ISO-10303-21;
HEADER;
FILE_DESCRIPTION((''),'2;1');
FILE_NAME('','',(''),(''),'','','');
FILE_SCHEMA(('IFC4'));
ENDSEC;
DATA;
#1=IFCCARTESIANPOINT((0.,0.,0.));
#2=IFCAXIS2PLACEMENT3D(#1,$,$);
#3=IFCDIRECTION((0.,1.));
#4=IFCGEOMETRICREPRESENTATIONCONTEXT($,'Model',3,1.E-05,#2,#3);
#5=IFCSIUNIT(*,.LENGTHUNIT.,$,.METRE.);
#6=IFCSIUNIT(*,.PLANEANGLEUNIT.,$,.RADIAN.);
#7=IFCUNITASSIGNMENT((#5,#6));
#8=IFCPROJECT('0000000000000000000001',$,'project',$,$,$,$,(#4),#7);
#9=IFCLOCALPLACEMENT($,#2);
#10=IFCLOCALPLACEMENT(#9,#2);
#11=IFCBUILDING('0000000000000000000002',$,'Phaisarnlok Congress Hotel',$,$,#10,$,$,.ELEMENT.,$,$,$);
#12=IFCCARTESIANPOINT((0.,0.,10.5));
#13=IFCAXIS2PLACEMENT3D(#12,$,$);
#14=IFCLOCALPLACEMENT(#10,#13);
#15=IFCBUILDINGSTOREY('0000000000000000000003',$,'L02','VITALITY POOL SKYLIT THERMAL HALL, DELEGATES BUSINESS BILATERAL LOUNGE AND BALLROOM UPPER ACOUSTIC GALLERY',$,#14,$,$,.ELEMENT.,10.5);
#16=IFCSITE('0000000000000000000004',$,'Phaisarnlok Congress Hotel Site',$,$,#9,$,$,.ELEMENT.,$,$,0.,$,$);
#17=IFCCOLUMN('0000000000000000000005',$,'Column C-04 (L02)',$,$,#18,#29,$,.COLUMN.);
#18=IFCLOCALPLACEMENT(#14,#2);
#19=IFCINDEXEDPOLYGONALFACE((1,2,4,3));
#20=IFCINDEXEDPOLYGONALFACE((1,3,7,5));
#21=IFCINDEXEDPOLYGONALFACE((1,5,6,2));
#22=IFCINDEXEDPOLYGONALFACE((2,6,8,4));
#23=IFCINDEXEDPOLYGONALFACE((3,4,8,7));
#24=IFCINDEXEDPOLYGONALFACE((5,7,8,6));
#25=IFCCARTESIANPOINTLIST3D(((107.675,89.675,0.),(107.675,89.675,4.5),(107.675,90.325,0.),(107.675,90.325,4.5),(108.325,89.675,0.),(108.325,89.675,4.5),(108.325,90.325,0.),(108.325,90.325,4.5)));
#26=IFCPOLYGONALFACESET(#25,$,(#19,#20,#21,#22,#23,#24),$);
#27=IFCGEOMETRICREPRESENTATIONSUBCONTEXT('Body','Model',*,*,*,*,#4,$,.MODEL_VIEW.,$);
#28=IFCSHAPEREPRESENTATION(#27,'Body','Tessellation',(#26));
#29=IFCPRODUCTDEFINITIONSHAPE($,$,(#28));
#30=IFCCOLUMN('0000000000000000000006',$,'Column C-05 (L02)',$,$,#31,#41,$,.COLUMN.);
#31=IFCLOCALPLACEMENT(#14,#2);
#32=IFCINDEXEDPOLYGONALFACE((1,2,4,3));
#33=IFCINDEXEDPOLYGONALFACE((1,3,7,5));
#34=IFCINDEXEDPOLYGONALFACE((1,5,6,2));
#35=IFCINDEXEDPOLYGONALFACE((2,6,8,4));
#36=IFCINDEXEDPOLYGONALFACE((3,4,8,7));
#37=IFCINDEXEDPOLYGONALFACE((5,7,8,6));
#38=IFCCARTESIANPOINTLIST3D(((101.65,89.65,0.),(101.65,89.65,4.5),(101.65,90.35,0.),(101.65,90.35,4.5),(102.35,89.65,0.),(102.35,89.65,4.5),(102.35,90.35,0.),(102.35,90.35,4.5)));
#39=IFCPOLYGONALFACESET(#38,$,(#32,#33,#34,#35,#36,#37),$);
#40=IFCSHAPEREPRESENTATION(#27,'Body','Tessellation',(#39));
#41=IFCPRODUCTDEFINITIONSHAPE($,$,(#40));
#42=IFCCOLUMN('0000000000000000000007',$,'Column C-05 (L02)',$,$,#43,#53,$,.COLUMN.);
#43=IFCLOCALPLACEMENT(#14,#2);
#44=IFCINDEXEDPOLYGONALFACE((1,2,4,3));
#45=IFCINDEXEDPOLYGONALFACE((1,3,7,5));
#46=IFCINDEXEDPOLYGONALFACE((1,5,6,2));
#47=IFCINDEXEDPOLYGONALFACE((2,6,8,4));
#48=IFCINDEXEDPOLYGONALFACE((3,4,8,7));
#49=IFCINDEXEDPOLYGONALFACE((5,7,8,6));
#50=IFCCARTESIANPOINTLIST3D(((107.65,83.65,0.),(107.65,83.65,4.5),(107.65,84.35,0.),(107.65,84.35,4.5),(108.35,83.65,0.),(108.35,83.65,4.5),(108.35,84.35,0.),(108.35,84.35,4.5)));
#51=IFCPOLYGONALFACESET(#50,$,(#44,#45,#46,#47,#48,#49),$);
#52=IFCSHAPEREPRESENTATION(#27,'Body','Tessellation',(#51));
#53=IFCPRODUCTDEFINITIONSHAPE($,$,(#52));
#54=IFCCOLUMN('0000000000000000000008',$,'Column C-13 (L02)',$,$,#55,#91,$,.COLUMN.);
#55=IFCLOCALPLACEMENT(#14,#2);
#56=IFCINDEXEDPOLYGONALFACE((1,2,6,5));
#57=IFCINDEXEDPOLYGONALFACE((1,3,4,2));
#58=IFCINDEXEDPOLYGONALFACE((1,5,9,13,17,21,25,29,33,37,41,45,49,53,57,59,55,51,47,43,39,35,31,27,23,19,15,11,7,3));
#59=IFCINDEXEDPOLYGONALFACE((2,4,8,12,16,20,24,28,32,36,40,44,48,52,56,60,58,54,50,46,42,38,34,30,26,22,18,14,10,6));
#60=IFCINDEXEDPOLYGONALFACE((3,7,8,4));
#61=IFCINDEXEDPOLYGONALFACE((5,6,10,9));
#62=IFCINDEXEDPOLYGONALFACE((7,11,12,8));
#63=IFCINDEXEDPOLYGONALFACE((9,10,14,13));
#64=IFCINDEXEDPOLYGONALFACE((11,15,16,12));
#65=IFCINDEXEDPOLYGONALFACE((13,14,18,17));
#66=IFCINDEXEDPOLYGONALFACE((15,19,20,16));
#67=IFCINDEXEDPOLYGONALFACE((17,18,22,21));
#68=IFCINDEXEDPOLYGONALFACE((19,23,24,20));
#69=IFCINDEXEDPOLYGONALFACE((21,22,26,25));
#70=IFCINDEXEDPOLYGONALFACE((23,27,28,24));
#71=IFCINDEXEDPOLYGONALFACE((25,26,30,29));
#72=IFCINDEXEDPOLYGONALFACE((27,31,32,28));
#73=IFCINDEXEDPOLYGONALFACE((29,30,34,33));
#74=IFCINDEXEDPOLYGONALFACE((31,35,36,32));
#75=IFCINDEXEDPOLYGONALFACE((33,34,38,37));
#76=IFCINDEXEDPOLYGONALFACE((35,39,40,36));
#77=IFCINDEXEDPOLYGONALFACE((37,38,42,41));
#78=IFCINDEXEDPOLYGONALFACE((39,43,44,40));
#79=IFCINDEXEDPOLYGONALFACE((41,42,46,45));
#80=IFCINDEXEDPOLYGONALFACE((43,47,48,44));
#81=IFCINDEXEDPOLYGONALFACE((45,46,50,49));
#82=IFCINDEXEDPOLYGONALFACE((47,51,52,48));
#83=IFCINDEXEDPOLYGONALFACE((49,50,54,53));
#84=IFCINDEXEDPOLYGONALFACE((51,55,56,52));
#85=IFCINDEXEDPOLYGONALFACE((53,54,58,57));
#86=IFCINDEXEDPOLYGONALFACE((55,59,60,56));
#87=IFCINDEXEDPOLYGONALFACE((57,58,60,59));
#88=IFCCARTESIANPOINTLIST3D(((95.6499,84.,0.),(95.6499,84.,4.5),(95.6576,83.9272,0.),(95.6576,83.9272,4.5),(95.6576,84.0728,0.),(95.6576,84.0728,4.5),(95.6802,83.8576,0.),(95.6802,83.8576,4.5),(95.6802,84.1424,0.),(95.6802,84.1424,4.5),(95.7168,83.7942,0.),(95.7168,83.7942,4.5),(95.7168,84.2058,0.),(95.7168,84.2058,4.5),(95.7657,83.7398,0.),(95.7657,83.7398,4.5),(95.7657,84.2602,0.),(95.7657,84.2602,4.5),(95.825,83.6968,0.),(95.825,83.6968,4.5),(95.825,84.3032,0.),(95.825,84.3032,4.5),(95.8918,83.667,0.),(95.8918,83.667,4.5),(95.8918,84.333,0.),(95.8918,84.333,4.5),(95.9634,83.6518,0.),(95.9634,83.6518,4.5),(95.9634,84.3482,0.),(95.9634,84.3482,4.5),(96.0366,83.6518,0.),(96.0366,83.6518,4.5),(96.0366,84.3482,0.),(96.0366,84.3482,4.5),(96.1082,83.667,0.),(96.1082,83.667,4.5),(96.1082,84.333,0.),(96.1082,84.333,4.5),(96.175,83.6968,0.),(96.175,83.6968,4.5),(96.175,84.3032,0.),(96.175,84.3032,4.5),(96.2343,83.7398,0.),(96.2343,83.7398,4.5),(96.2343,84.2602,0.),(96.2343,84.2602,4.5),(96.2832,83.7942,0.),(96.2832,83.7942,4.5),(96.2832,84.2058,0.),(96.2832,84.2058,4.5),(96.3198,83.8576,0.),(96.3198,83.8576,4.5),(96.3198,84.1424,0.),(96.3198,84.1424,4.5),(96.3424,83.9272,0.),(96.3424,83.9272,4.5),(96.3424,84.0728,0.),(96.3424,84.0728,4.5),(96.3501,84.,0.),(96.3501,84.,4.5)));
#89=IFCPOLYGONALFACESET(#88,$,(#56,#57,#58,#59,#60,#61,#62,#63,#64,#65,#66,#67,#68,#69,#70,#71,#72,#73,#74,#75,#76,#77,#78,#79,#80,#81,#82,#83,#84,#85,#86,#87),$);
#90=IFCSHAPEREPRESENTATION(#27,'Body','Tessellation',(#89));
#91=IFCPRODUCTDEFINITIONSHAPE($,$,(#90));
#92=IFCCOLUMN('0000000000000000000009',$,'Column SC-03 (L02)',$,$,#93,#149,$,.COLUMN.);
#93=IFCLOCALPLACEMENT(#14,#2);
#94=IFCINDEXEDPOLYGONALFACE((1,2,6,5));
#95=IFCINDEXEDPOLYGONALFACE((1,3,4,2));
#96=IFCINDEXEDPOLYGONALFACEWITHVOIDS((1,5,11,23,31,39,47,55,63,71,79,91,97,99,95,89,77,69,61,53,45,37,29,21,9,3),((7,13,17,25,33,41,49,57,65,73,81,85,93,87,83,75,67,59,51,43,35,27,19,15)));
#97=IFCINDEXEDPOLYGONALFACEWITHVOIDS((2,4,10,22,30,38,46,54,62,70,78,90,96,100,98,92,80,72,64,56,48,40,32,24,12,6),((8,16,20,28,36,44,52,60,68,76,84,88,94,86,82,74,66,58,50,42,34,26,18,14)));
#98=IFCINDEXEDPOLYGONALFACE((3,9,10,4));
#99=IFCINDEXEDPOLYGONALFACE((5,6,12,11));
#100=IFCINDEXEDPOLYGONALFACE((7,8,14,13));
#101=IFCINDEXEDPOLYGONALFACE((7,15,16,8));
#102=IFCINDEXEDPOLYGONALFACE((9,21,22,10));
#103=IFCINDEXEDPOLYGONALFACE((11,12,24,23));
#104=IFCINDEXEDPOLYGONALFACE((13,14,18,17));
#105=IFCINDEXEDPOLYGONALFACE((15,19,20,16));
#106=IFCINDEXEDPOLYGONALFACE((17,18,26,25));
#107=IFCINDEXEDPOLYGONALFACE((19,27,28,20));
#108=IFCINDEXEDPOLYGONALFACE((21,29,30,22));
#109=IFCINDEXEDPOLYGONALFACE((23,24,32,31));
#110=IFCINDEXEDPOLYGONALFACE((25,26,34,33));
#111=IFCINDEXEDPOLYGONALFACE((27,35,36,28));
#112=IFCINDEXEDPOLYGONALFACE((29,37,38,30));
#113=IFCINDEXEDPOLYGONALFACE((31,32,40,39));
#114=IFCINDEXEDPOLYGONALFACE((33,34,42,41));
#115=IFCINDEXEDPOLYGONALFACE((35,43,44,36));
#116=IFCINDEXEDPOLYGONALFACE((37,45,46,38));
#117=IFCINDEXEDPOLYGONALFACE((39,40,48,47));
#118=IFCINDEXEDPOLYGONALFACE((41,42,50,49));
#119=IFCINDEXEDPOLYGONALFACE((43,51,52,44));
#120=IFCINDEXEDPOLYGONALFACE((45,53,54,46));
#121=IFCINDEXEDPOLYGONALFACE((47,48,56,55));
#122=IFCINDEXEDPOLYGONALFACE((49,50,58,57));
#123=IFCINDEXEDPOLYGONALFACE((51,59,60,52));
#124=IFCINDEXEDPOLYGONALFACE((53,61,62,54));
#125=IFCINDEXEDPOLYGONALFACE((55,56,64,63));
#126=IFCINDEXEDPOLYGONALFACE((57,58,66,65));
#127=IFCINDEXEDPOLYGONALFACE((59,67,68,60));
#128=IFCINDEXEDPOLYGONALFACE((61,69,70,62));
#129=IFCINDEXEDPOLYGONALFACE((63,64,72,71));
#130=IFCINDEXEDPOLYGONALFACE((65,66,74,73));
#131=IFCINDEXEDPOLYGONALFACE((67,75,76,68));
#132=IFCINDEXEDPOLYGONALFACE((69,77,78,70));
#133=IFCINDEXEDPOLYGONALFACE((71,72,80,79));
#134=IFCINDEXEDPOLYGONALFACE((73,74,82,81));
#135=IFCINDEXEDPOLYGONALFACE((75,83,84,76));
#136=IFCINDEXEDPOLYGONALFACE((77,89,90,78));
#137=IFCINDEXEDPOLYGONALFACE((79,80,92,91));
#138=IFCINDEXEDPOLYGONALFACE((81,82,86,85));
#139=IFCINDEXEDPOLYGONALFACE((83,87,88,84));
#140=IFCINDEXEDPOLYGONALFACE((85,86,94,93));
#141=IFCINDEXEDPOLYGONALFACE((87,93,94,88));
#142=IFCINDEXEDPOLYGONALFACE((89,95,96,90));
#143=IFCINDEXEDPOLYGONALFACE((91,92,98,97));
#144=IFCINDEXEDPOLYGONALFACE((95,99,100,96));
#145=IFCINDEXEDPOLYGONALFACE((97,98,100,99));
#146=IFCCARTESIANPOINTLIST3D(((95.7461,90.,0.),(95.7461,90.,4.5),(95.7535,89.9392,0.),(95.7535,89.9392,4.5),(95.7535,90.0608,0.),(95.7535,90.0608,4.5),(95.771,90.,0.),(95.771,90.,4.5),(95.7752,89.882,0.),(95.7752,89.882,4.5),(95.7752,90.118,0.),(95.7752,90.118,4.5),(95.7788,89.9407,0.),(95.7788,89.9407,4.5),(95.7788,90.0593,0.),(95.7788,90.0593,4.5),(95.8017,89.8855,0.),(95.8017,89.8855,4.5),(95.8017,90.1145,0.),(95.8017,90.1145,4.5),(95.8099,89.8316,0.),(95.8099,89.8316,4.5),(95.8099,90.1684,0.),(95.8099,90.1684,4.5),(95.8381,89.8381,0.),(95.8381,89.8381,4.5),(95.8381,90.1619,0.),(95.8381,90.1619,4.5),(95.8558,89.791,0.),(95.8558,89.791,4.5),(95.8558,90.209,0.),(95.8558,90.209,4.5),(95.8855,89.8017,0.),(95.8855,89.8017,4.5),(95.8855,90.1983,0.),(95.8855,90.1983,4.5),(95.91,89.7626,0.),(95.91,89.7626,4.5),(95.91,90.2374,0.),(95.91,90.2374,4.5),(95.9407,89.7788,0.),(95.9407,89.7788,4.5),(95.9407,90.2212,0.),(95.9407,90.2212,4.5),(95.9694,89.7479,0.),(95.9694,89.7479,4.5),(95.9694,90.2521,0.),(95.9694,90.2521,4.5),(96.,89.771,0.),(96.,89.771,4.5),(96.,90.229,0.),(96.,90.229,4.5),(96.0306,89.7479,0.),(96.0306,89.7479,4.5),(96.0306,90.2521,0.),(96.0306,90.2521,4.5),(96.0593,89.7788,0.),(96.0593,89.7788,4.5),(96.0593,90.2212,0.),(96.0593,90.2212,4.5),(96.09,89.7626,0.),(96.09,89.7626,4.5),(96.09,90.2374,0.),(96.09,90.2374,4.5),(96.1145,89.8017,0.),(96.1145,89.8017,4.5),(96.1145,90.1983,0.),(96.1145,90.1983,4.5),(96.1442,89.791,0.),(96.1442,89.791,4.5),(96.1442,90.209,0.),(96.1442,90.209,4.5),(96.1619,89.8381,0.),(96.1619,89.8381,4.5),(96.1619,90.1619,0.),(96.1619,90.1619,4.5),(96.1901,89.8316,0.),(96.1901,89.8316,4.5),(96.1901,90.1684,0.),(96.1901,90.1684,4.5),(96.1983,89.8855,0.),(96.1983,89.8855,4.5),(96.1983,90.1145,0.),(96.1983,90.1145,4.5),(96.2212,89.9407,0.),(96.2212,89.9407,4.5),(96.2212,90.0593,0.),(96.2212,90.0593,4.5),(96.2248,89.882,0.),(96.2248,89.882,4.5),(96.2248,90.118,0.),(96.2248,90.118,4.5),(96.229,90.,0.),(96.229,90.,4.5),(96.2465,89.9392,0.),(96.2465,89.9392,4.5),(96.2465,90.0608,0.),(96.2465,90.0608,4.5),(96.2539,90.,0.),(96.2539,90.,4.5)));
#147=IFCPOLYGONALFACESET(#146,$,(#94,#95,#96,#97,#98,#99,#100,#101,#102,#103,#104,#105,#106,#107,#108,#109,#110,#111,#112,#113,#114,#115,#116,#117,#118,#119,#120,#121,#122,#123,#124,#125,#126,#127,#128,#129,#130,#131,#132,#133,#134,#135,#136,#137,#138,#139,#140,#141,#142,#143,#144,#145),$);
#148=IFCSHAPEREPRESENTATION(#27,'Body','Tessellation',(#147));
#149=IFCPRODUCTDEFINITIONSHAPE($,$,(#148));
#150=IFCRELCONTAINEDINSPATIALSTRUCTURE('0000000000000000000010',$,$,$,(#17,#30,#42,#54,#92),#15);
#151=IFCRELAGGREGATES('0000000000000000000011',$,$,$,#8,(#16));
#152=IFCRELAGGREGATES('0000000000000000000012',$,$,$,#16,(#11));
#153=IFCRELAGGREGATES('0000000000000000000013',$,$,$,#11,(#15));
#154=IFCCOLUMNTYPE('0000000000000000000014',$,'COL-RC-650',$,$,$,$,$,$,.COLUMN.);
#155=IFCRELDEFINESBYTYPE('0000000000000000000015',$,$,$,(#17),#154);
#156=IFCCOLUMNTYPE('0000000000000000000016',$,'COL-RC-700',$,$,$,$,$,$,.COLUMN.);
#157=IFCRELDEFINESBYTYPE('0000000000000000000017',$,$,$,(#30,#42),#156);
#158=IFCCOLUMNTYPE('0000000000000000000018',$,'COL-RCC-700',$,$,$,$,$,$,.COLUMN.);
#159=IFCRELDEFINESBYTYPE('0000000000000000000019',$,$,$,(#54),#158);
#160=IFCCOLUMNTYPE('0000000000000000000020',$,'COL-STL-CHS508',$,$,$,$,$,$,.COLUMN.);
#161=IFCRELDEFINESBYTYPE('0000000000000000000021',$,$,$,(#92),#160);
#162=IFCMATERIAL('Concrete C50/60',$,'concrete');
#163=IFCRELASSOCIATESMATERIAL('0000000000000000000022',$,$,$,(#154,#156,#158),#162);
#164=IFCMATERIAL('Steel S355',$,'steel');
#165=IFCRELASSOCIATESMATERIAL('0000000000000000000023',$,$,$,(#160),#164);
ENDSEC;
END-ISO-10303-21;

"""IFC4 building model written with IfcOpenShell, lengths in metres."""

from ifc_helpers import new_model, si_unit, direction, frame, origin, origin_2d, place, context, subcontext, project, spatial, rectangle, circle, hollow_circle, extrude, material, material_profile, profile_set, type_object, element, save


model = new_model("IFC4")

# Units and contexts
model_context = context("Model", 3, precision=1e-05, world=origin(), true_north=direction((0.0, 1.0)))
body_context = subcontext(model_context, "Body", "Model", "MODEL_VIEW")
ifc_project = project(units=[si_unit("LENGTHUNIT", "METRE"), si_unit("PLANEANGLEUNIT", "RADIAN")], contexts=[model_context])

# Site, building, storey
site_placement = place(None, origin())
site = spatial("IfcSite", under=ifc_project, at=site_placement, Name="Phaisarnlok Congress Hotel Site", CompositionType="ELEMENT", RefElevation=0.0)
building_placement = place(site_placement, origin())
building = spatial("IfcBuilding", under=site, at=building_placement, Name="Phaisarnlok Congress Hotel", CompositionType="ELEMENT")
storey_placement = place(building_placement, frame((0.0, 0.0, 10.5)))
storey = spatial("IfcBuildingStorey", under=building, at=storey_placement, Name="L02", Description="VITALITY POOL SKYLIT THERMAL HALL, DELEGATES BUSINESS BILATERAL LOUNGE AND BALLROOM UPPER ACOUSTIC GALLERY", CompositionType="ELEMENT", Elevation=10.5)

# Columns
ifc_material_1 = material(Name="Concrete C50/60", Category="concrete")
ifc_material_profile_1 = material_profile(ifc_material_1, rectangle(XDim=0.6499, YDim=0.6499, at=origin_2d()), Name="RC 650x650")
ifc_profile_set_1 = profile_set([ifc_material_profile_1], Name="Concrete C50/60")
column_type_1 = type_object("IfcColumnType", Name="COL-RC-650", PredefinedType="COLUMN", material=ifc_profile_set_1)
column_1_placement = place(storey_placement, frame((108.0, 90.0, 0.0), z_axis=(0.0, 0.0, 1.0), x_axis=(1.0, 0.0, 0.0)))
element("IfcColumn", 1, at=column_1_placement, inside=storey, type_object=column_type_1, Name="Column C-04 (L02)", PredefinedType="COLUMN", context=body_context, shape_type="SweptSolid", body=[
    extrude(rectangle(XDim=0.6499, YDim=0.6499, at=origin_2d()), origin(), (0.0, 0.0, 1.0), 4.5),
])
ifc_material_profile_2 = material_profile(ifc_material_1, rectangle(XDim=0.7, YDim=0.7, at=origin_2d()), Name="RC 700x700")
ifc_profile_set_2 = profile_set([ifc_material_profile_2], Name="Concrete C50/60")
column_type_2 = type_object("IfcColumnType", Name="COL-RC-700", PredefinedType="COLUMN", material=ifc_profile_set_2)
for number, where, z_axis, x_axis, name in (
    (2, (102.0, 90.0, 0.0), (0.0, 0.0, 1.0), (1.0, 0.0, 0.0), "Column C-05 (L02)"),
    (3, (108.0, 84.0, 0.0), (0.0, 0.0, 1.0), (1.0, 0.0, 0.0), "Column C-05 (L02)"),
):
    element("IfcColumn", number, at=place(storey_placement, frame(where, z_axis=z_axis, x_axis=x_axis)), inside=storey, type_object=column_type_2, Name=name, PredefinedType="COLUMN", context=body_context, shape_type="SweptSolid", body=[
        extrude(rectangle(XDim=0.7, YDim=0.7, at=origin_2d()), origin(), (0.0, 0.0, 1.0), 4.5),
    ])
ifc_material_profile_3 = material_profile(ifc_material_1, circle(Radius=0.3501, at=origin_2d()), Name="RCC D700")
ifc_profile_set_3 = profile_set([ifc_material_profile_3], Name="Concrete C50/60")
column_type_3 = type_object("IfcColumnType", Name="COL-RCC-700", PredefinedType="COLUMN", material=ifc_profile_set_3)
column_2_placement = place(storey_placement, frame((96.0, 84.0, 0.0), z_axis=(0.0, 0.0, 1.0), x_axis=(1.0, 0.0, 0.0)))
element("IfcColumn", 4, at=column_2_placement, inside=storey, type_object=column_type_3, Name="Column C-13 (L02)", PredefinedType="COLUMN", context=body_context, shape_type="SweptSolid", body=[
    extrude(circle(Radius=0.3501, at=origin_2d()), origin(), (0.0, 0.0, 1.0), 4.5),
])
ifc_material_2 = material(Name="Steel S355", Category="steel")
ifc_material_profile_4 = material_profile(ifc_material_2, hollow_circle(Radius=0.2539, WallThickness=0.0249, at=origin_2d()), Name="CHS 508x25")
ifc_profile_set_4 = profile_set([ifc_material_profile_4], Name="Steel S355")
column_type_4 = type_object("IfcColumnType", Name="COL-STL-CHS508", PredefinedType="COLUMN", material=ifc_profile_set_4)
for number, where, z_axis, x_axis, name in (
    (5, (96.0, 90.0, 0.0), (0.0, 0.0, 1.0), (1.0, 0.0, 0.0), "Column SC-03 (L02)"),
):
    element("IfcColumn", number, at=place(storey_placement, frame(where, z_axis=z_axis, x_axis=x_axis)), inside=storey, type_object=column_type_4, Name=name, PredefinedType="COLUMN", context=body_context, shape_type="SweptSolid", body=[
        extrude(hollow_circle(Radius=0.2539, WallThickness=0.0249, at=origin_2d()), origin(), (0.0, 0.0, 1.0), 4.5),
    ])

save(model, "model.ifc")
